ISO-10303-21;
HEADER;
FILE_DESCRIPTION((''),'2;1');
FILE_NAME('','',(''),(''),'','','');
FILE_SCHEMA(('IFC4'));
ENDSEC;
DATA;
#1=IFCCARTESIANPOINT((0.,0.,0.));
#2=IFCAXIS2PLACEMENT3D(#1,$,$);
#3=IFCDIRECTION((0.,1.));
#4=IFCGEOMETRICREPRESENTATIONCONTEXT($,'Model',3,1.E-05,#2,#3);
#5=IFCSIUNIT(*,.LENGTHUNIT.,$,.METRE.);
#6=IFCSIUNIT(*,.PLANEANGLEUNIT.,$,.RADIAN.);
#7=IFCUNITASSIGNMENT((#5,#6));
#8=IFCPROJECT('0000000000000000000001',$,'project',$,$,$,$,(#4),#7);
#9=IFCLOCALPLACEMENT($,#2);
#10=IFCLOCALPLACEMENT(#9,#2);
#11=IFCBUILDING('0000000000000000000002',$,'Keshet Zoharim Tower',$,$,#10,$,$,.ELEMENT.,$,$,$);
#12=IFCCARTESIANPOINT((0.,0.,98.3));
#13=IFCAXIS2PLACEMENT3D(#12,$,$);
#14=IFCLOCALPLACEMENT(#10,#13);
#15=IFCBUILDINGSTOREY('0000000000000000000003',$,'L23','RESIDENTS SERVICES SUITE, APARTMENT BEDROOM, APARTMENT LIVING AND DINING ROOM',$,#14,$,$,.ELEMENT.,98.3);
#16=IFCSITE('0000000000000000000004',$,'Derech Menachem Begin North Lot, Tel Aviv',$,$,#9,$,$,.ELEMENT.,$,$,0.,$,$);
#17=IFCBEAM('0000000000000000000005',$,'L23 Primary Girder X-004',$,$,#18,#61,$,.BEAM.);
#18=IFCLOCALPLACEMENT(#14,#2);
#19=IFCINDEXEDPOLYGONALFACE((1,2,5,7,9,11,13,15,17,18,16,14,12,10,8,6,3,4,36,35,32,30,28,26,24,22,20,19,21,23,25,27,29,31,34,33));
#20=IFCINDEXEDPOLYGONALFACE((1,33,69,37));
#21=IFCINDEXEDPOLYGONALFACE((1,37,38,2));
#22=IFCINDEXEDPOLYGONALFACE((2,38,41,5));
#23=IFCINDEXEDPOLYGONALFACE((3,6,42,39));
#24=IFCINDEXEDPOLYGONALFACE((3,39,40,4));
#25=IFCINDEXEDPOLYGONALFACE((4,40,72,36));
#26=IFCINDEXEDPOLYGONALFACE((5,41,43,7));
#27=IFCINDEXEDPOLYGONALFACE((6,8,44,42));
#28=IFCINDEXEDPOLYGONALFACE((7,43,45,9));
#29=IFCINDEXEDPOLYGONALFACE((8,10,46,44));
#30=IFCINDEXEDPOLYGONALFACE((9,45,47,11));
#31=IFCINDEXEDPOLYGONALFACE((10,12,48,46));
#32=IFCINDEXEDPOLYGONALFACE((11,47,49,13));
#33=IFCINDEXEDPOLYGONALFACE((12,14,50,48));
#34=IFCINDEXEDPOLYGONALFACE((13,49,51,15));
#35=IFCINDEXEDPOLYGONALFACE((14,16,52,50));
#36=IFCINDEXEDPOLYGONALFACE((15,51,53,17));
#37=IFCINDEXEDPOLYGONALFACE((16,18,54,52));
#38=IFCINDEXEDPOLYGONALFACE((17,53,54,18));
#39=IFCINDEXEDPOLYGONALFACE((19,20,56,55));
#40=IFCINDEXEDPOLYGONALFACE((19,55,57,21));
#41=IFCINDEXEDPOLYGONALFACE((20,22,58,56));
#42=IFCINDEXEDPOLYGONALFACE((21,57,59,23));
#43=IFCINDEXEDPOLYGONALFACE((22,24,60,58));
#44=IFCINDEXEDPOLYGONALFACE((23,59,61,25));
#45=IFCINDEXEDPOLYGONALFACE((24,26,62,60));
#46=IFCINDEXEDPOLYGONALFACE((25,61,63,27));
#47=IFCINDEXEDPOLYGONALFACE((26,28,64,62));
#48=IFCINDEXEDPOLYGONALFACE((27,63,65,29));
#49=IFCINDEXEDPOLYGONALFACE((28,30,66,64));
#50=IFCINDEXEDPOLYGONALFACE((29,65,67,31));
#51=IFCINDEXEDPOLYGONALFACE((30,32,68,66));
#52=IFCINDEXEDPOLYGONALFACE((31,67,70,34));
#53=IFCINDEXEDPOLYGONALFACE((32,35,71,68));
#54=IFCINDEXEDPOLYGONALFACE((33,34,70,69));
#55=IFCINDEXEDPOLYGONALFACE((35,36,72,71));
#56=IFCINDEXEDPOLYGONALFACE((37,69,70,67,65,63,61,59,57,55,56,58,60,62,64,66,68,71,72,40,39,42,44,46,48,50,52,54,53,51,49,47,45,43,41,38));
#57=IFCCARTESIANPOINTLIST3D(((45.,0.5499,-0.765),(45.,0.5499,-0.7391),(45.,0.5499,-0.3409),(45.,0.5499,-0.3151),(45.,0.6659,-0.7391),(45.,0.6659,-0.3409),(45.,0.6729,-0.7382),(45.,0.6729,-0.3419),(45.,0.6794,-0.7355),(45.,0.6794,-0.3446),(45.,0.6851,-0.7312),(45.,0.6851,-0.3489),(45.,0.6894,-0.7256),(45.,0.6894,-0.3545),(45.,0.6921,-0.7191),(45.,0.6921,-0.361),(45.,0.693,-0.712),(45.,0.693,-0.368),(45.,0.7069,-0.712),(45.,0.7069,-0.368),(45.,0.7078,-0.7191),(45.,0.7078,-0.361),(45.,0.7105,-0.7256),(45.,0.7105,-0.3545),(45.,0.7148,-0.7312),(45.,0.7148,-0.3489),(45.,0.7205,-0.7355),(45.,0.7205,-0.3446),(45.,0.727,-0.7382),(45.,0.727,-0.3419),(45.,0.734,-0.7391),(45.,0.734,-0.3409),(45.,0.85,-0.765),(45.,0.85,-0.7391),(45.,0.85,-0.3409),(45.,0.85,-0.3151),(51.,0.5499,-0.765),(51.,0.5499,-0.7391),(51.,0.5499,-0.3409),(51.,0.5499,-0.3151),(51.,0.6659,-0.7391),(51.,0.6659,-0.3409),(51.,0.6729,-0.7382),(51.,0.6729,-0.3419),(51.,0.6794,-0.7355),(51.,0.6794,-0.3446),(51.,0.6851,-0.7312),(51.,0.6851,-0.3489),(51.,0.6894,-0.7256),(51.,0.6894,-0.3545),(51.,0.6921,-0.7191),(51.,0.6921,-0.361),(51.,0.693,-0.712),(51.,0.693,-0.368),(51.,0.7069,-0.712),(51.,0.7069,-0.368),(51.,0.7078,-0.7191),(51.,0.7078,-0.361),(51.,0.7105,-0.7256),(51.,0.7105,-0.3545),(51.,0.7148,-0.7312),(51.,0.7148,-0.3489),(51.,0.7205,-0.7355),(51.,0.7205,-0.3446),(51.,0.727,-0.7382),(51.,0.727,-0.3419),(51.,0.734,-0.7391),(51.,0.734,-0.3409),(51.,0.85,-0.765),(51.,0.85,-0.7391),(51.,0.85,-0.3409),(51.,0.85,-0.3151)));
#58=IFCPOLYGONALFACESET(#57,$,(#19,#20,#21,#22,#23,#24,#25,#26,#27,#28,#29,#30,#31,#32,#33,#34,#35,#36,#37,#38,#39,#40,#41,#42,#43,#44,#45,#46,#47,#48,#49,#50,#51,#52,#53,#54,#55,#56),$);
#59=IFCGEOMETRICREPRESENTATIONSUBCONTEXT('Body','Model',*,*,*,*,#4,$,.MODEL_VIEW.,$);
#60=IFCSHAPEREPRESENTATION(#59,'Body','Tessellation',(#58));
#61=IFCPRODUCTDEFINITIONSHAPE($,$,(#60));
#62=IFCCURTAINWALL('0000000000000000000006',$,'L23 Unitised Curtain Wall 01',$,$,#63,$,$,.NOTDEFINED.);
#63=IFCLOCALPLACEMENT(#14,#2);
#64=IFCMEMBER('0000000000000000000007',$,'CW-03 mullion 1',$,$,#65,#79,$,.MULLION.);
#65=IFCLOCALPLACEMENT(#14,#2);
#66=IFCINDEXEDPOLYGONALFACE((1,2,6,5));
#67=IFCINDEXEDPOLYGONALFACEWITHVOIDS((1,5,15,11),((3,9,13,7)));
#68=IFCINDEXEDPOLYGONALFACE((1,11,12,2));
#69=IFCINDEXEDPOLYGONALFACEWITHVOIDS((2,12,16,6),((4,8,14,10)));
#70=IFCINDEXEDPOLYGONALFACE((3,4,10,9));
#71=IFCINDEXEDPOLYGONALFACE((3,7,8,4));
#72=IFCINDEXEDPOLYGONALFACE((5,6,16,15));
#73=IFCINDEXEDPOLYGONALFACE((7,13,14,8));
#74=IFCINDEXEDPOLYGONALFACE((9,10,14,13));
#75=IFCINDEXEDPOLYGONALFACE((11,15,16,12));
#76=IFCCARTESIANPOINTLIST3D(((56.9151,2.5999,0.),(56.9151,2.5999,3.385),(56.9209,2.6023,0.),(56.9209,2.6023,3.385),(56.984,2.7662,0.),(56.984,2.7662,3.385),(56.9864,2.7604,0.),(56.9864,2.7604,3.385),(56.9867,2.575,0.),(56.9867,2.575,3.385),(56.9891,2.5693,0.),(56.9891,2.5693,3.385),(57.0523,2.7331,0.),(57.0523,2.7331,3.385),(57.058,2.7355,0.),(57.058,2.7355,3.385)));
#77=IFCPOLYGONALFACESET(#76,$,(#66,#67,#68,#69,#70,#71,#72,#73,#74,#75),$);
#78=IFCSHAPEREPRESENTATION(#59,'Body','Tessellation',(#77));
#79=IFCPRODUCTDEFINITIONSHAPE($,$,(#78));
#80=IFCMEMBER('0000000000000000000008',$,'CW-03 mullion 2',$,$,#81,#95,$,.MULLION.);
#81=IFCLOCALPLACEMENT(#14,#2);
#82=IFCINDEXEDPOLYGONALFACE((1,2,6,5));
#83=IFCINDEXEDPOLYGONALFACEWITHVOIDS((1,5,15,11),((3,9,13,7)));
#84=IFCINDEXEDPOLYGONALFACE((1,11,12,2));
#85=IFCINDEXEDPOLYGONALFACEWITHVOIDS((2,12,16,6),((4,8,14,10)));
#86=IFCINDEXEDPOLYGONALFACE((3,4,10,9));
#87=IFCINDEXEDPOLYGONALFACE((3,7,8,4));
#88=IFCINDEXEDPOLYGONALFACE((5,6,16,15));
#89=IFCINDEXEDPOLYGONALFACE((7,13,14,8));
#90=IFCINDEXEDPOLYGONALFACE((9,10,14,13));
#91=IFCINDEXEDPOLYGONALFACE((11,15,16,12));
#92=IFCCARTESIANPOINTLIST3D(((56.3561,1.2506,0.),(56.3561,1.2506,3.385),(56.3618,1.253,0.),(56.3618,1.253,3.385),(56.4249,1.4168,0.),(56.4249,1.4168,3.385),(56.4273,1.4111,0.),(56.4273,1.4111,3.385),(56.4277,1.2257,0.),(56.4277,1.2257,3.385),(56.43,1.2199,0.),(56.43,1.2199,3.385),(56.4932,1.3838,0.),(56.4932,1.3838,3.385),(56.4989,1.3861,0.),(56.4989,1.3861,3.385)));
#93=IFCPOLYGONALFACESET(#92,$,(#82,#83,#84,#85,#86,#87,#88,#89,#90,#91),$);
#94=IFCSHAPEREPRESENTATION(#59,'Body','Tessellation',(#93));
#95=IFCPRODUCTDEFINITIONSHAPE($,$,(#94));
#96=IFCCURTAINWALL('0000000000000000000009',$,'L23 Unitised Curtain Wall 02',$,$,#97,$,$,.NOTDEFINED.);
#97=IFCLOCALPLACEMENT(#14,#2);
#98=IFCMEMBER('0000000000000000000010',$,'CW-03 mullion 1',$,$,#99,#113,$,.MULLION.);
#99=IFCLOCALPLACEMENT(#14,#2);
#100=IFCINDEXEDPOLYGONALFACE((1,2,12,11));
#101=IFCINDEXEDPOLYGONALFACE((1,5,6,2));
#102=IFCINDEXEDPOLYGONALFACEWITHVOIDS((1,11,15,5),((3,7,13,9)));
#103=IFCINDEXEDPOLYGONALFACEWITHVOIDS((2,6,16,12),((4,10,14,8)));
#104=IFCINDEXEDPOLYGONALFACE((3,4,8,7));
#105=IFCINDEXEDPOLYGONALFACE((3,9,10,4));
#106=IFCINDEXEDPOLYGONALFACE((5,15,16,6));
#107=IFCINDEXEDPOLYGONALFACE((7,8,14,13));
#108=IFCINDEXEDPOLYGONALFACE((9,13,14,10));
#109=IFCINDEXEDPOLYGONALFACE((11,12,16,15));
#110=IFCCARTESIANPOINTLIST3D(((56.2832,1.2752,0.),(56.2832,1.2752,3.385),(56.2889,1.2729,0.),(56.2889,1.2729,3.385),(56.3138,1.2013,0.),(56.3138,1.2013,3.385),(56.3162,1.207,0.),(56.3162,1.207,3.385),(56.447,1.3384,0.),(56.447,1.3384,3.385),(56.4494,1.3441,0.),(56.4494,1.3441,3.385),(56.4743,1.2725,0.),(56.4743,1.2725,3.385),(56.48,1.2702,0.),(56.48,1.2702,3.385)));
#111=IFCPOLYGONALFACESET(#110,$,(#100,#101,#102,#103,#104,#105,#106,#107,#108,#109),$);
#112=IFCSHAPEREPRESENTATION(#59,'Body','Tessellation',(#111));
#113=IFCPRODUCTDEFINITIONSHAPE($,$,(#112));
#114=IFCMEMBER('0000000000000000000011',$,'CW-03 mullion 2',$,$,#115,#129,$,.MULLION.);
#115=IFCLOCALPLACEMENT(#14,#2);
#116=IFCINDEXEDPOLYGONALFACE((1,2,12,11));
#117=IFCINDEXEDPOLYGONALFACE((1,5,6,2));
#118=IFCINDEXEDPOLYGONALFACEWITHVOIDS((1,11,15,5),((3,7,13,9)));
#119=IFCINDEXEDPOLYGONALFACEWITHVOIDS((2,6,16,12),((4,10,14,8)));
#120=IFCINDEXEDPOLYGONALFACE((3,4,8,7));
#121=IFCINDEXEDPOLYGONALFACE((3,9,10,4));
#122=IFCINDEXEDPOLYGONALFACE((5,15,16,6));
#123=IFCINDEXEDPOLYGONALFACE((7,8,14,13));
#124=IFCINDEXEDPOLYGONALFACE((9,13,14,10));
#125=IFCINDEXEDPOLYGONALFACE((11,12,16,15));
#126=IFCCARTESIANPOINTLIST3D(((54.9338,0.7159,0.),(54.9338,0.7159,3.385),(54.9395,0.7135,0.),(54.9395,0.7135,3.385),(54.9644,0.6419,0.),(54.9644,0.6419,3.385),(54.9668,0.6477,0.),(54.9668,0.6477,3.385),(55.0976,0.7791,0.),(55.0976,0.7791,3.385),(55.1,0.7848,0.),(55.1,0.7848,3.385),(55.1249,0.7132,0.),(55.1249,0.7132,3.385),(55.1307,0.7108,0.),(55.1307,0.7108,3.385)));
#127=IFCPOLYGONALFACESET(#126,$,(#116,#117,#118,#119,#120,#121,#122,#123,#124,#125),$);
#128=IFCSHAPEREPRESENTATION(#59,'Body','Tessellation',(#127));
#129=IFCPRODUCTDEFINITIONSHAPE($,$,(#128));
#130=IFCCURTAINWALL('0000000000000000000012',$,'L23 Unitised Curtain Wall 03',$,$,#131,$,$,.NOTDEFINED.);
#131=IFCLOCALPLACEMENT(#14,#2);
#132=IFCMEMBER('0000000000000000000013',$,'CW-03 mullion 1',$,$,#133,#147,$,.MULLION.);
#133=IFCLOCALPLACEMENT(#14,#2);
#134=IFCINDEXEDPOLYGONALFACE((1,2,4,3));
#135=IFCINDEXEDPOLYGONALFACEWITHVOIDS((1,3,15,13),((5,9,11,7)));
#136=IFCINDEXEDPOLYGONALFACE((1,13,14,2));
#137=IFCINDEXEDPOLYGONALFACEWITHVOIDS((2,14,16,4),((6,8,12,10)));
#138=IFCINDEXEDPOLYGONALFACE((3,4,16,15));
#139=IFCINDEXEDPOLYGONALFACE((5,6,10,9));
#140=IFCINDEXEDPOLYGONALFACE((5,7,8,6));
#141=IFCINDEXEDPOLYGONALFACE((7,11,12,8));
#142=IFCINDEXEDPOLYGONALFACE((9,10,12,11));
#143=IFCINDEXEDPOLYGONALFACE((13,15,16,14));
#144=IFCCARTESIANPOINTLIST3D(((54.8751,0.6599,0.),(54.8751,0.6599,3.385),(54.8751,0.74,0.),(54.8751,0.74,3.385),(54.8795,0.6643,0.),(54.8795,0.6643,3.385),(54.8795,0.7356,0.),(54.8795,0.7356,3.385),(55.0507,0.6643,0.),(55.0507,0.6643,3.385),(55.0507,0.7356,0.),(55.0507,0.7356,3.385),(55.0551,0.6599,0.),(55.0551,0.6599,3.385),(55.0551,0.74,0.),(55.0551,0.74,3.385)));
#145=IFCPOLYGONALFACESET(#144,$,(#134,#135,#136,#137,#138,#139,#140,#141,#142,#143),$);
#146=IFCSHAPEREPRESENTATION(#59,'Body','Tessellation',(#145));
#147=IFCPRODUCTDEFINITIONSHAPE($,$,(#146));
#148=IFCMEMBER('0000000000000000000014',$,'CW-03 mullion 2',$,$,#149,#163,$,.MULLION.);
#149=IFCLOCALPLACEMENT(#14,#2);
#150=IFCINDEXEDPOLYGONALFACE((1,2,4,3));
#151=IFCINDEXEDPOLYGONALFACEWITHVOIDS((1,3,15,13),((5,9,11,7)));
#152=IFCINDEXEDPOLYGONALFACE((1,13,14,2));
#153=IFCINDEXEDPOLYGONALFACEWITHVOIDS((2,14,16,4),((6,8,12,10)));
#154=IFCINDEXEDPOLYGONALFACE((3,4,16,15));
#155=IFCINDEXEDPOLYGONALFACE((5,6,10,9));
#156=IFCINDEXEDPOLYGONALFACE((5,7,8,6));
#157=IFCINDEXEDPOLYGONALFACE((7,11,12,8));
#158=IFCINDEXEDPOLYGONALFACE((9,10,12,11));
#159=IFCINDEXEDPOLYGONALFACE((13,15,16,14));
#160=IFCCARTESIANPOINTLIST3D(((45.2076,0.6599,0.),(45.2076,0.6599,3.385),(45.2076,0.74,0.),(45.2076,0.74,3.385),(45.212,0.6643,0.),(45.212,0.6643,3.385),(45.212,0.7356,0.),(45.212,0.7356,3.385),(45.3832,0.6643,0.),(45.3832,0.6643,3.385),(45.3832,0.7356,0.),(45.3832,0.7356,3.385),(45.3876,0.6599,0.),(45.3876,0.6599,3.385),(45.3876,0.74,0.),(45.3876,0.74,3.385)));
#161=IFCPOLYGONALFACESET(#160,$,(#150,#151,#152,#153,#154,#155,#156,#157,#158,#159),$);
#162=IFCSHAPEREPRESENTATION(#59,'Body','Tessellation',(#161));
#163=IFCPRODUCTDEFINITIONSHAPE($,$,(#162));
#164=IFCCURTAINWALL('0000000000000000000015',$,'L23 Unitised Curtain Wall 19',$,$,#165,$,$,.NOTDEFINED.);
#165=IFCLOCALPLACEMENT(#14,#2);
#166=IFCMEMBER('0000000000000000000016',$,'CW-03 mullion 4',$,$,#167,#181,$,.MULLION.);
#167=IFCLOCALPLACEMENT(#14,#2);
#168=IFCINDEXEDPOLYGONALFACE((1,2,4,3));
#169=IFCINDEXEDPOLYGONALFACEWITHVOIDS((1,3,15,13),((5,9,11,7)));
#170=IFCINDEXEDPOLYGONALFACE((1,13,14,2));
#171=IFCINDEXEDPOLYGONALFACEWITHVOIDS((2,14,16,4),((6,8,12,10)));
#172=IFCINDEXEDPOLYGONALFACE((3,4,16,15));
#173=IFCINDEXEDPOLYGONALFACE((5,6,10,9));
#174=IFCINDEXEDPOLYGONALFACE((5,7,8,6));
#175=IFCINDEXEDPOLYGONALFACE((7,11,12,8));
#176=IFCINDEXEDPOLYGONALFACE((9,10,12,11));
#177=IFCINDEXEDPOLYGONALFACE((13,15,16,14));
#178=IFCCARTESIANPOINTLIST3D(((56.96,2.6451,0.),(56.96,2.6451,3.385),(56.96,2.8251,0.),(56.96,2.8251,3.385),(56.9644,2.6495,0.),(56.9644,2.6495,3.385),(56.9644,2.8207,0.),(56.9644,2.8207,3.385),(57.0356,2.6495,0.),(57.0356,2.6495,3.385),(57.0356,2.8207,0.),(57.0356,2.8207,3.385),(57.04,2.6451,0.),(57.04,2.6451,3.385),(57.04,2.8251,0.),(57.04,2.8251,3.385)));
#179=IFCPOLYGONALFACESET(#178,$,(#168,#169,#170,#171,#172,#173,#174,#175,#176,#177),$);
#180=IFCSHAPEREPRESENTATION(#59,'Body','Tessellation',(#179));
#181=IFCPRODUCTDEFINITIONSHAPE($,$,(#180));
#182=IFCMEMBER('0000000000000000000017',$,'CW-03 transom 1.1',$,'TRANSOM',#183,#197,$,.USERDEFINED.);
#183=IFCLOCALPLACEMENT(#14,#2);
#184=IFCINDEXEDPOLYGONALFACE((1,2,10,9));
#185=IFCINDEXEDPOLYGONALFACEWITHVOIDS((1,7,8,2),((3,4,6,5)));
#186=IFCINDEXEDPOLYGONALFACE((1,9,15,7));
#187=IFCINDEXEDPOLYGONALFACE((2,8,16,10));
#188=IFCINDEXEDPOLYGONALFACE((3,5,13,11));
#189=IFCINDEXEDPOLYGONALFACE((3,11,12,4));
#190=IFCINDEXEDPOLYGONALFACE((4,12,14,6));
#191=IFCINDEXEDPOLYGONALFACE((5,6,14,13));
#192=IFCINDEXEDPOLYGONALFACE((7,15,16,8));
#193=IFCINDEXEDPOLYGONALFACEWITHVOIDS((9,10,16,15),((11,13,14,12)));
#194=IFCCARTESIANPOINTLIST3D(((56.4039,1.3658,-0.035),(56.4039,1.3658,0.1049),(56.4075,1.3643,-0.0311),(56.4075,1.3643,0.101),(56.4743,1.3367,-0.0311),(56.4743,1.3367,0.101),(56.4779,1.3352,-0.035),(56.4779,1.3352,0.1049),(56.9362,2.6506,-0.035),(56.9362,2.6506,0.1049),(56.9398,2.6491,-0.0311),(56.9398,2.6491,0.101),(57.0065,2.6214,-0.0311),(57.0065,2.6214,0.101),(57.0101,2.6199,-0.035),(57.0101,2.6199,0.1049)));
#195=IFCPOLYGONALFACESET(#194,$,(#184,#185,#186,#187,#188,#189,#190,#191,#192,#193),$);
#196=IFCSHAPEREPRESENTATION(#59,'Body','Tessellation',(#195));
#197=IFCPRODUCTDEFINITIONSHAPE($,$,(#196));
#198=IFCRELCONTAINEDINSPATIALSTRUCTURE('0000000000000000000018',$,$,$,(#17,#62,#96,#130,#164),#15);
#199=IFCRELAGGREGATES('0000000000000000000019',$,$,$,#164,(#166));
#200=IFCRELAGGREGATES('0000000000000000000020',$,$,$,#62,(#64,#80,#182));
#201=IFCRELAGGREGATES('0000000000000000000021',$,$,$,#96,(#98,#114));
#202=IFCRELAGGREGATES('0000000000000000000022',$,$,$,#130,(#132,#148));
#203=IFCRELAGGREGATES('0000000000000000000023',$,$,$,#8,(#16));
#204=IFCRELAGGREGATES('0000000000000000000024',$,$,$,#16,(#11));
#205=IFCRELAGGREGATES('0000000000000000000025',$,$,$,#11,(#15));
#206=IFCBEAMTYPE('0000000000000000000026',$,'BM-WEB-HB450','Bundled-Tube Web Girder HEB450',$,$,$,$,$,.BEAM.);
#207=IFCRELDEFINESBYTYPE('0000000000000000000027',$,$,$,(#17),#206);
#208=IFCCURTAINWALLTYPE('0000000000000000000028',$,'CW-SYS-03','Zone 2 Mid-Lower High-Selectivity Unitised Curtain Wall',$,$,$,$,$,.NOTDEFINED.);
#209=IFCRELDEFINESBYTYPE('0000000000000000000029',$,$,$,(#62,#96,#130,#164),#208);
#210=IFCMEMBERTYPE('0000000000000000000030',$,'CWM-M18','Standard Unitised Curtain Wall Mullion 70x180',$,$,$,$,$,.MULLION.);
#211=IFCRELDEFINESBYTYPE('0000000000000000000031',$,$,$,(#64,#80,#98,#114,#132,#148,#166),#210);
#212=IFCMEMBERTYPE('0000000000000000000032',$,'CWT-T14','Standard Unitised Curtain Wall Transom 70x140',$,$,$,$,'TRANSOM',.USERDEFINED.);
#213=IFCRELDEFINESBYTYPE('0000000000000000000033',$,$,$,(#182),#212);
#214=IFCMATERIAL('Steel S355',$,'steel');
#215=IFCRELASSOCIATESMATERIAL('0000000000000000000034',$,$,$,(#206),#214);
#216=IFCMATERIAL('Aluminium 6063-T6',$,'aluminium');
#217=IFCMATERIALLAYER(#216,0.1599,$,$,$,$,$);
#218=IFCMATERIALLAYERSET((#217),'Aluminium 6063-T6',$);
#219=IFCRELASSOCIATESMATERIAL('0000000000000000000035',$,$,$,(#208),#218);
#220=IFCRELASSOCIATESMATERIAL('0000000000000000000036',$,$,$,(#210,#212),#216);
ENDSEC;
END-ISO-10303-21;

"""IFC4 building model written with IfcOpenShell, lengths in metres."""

from ifc_helpers import new_model, si_unit, direction, frame, origin, origin_2d, place, context, subcontext, project, spatial, hollow_rectangle, i_section, extrude, material, layer, layer_set, material_profile, profile_set, type_object, element, aggregate, save


model = new_model("IFC4")

# Units and contexts
model_context = context("Model", 3, precision=1e-05, world=origin(), true_north=direction((0.0, 1.0)))
body_context = subcontext(model_context, "Body", "Model", "MODEL_VIEW")
ifc_project = project(units=[si_unit("LENGTHUNIT", "METRE"), si_unit("PLANEANGLEUNIT", "RADIAN")], contexts=[model_context])

# Site, building, storey
site_placement = place(None, origin())
site = spatial("IfcSite", under=ifc_project, at=site_placement, Name="Derech Menachem Begin North Lot, Tel Aviv", CompositionType="ELEMENT", RefElevation=0.0)
building_placement = place(site_placement, origin())
building = spatial("IfcBuilding", under=site, at=building_placement, Name="Keshet Zoharim Tower", CompositionType="ELEMENT")
storey_placement = place(building_placement, frame((0.0, 0.0, 98.3)))
storey = spatial("IfcBuildingStorey", under=building, at=storey_placement, Name="L23", Description="RESIDENTS SERVICES SUITE, APARTMENT BEDROOM, APARTMENT LIVING AND DINING ROOM", CompositionType="ELEMENT", Elevation=98.3)

# Shared definitions
ifc_material_1 = material(Name="Steel S355", Category="steel")

# Beam
ifc_material_profile_1 = material_profile(ifc_material_1, i_section(OverallWidth=0.3, OverallDepth=0.45, WebThickness=0.0139, FlangeThickness=0.0259, FilletRadius=0.0271, at=origin_2d()), Name="HEB450")
ifc_profile_set_1 = profile_set([ifc_material_profile_1], Name="Steel S355")
beam_type_1 = type_object("IfcBeamType", Name="BM-WEB-HB450", Description="Bundled-Tube Web Girder HEB450", PredefinedType="BEAM", material=ifc_profile_set_1)
beam_1_placement = place(storey_placement, frame((45.0, 0.7, -0.54), z_axis=(1.0, 0.0, 0.0), x_axis=(0.0, 1.0, 0.0)))
element("IfcBeam", 1, at=beam_1_placement, inside=storey, type_object=beam_type_1, Name="L23 Primary Girder X-004", PredefinedType="BEAM", context=body_context, shape_type="SweptSolid", body=[
    extrude(i_section(OverallWidth=0.3, OverallDepth=0.45, WebThickness=0.0139, FlangeThickness=0.0259, FilletRadius=0.0271, at=origin_2d()), origin(), (0.0, 0.0, 1.0), 6.0),
])

# Curtain walls, members
ifc_material_2 = material(Name="Aluminium 6063-T6", Category="aluminium")
ifc_layer_1 = layer(ifc_material_2, 0.1599)
ifc_layer_set_1 = layer_set([ifc_layer_1], Name="Aluminium 6063-T6")
curtain_wall_type = type_object("IfcCurtainWallType", Name="CW-SYS-03", Description="Zone 2 Mid-Lower High-Selectivity Unitised Curtain Wall", PredefinedType="NOTDEFINED", material=ifc_layer_set_1)
curtain_wall_1_placement = place(storey_placement, origin())
curtain_wall_1 = element("IfcCurtainWall", 2, at=curtain_wall_1_placement, inside=storey, type_object=curtain_wall_type, Name="L23 Unitised Curtain Wall 01", PredefinedType="NOTDEFINED")
ifc_material_profile_2 = material_profile(ifc_material_2, hollow_rectangle(XDim=0.0801, YDim=0.1799, WallThickness=0.0044, at=origin_2d()), Name="MUL-80x180")
ifc_profile_set_2 = profile_set([ifc_material_profile_2], Name="Aluminium 6063-T6")
member_type_1 = type_object("IfcMemberType", Name="CWM-M18", Description="Standard Unitised Curtain Wall Mullion 70x180", PredefinedType="MULLION", material=ifc_profile_set_2)
member_1_placement = place(storey_placement, frame((56.9866, 2.6677, 0.0), z_axis=(0.0, 0.0, 1.0), x_axis=(0.92381, -0.382852, 0.0)))
member_1 = element("IfcMember", 3, at=member_1_placement, type_object=member_type_1, Name="CW-03 mullion 1", PredefinedType="MULLION", context=body_context, shape_type="SweptSolid", body=[
    extrude(hollow_rectangle(XDim=0.0801, YDim=0.1799, WallThickness=0.0044, at=origin_2d()), origin(), (0.0, 0.0, 1.0), 3.385),
])
member_2_placement = place(storey_placement, frame((56.4275, 1.3184, 0.0), z_axis=(0.0, 0.0, 1.0), x_axis=(0.92381, -0.382852, 0.0)))
member_2 = element("IfcMember", 4, at=member_2_placement, type_object=member_type_1, Name="CW-03 mullion 2", PredefinedType="MULLION", context=body_context, shape_type="SweptSolid", body=[
    extrude(hollow_rectangle(XDim=0.0801, YDim=0.1799, WallThickness=0.0044, at=origin_2d()), origin(), (0.0, 0.0, 1.0), 3.385),
])
curtain_wall_2_placement = place(storey_placement, origin())
curtain_wall_2 = element("IfcCurtainWall", 5, at=curtain_wall_2_placement, inside=storey, type_object=curtain_wall_type, Name="L23 Unitised Curtain Wall 02", PredefinedType="NOTDEFINED")
member_3_placement = place(storey_placement, frame((56.3816, 1.2727, 0.0), z_axis=(0.0, 0.0, 1.0), x_axis=(0.382852, -0.92381, 0.0)))
member_3 = element("IfcMember", 6, at=member_3_placement, type_object=member_type_1, Name="CW-03 mullion 1", PredefinedType="MULLION", context=body_context, shape_type="SweptSolid", body=[
    extrude(hollow_rectangle(XDim=0.0801, YDim=0.1799, WallThickness=0.0044, at=origin_2d()), origin(), (0.0, 0.0, 1.0), 3.385),
])
member_4_placement = place(storey_placement, frame((55.0322, 0.7134, 0.0), z_axis=(0.0, 0.0, 1.0), x_axis=(0.382852, -0.92381, 0.0)))
member_4 = element("IfcMember", 7, at=member_4_placement, type_object=member_type_1, Name="CW-03 mullion 2", PredefinedType="MULLION", context=body_context, shape_type="SweptSolid", body=[
    extrude(hollow_rectangle(XDim=0.0801, YDim=0.1799, WallThickness=0.0044, at=origin_2d()), origin(), (0.0, 0.0, 1.0), 3.385),
])
curtain_wall_3_placement = place(storey_placement, origin())
curtain_wall_3 = element("IfcCurtainWall", 8, at=curtain_wall_3_placement, inside=storey, type_object=curtain_wall_type, Name="L23 Unitised Curtain Wall 03", PredefinedType="NOTDEFINED")
member_5_placement = place(storey_placement, frame((54.9651, 0.7, 0.0), z_axis=(0.0, 0.0, 1.0), x_axis=(0.0, -1.0, 0.0)))
member_5 = element("IfcMember", 9, at=member_5_placement, type_object=member_type_1, Name="CW-03 mullion 1", PredefinedType="MULLION", context=body_context, shape_type="SweptSolid", body=[
    extrude(hollow_rectangle(XDim=0.0801, YDim=0.1799, WallThickness=0.0044, at=origin_2d()), origin(), (0.0, 0.0, 1.0), 3.385),
])
member_6_placement = place(storey_placement, frame((45.2976, 0.7, 0.0), z_axis=(0.0, 0.0, 1.0), x_axis=(0.0, -1.0, 0.0)))
member_6 = element("IfcMember", 10, at=member_6_placement, type_object=member_type_1, Name="CW-03 mullion 2", PredefinedType="MULLION", context=body_context, shape_type="SweptSolid", body=[
    extrude(hollow_rectangle(XDim=0.0801, YDim=0.1799, WallThickness=0.0044, at=origin_2d()), origin(), (0.0, 0.0, 1.0), 3.385),
])

# Curtain wall, member
curtain_wall_4_placement = place(storey_placement, origin())
curtain_wall_4 = element("IfcCurtainWall", 11, at=curtain_wall_4_placement, inside=storey, type_object=curtain_wall_type, Name="L23 Unitised Curtain Wall 19", PredefinedType="NOTDEFINED")
member_7_placement = place(storey_placement, frame((57.0, 2.7351, 0.0), z_axis=(0.0, 0.0, 1.0), x_axis=(1.0, 0.0, 0.0)))
member_7 = element("IfcMember", 12, at=member_7_placement, type_object=member_type_1, Name="CW-03 mullion 4", PredefinedType="MULLION", context=body_context, shape_type="SweptSolid", body=[
    extrude(hollow_rectangle(XDim=0.0801, YDim=0.1799, WallThickness=0.0044, at=origin_2d()), origin(), (0.0, 0.0, 1.0), 3.385),
])
aggregate(curtain_wall_4, [member_7])

# Member
ifc_material_profile_3 = material_profile(ifc_material_2, hollow_rectangle(XDim=0.0801, YDim=0.1399, WallThickness=0.0039, at=origin_2d()), Name="TRN-80x140")
ifc_profile_set_3 = profile_set([ifc_material_profile_3], Name="Aluminium 6063-T6")
member_type_2 = type_object("IfcMemberType", Name="CWT-T14", Description="Standard Unitised Curtain Wall Transom 70x140", ElementType="TRANSOM", PredefinedType="USERDEFINED", material=ifc_profile_set_3)
member_8_placement = place(storey_placement, frame((56.9731, 2.6353, 0.0349), z_axis=(-0.382745, -0.923854, 0.0), x_axis=(0.923854, -0.382745, 0.0)))
member_8 = element("IfcMember", 13, at=member_8_placement, type_object=member_type_2, Name="CW-03 transom 1.1", ObjectType="TRANSOM", PredefinedType="USERDEFINED", context=body_context, shape_type="SweptSolid", body=[
    extrude(hollow_rectangle(XDim=0.0801, YDim=0.1399, WallThickness=0.0039, at=origin_2d()), origin(), (0.0, 0.0, 1.0), 1.3906),
])

aggregate(curtain_wall_1, [member_1, member_2, member_8])
aggregate(curtain_wall_2, [member_3, member_4])
aggregate(curtain_wall_3, [member_5, member_6])

save(model, "model.ifc")
